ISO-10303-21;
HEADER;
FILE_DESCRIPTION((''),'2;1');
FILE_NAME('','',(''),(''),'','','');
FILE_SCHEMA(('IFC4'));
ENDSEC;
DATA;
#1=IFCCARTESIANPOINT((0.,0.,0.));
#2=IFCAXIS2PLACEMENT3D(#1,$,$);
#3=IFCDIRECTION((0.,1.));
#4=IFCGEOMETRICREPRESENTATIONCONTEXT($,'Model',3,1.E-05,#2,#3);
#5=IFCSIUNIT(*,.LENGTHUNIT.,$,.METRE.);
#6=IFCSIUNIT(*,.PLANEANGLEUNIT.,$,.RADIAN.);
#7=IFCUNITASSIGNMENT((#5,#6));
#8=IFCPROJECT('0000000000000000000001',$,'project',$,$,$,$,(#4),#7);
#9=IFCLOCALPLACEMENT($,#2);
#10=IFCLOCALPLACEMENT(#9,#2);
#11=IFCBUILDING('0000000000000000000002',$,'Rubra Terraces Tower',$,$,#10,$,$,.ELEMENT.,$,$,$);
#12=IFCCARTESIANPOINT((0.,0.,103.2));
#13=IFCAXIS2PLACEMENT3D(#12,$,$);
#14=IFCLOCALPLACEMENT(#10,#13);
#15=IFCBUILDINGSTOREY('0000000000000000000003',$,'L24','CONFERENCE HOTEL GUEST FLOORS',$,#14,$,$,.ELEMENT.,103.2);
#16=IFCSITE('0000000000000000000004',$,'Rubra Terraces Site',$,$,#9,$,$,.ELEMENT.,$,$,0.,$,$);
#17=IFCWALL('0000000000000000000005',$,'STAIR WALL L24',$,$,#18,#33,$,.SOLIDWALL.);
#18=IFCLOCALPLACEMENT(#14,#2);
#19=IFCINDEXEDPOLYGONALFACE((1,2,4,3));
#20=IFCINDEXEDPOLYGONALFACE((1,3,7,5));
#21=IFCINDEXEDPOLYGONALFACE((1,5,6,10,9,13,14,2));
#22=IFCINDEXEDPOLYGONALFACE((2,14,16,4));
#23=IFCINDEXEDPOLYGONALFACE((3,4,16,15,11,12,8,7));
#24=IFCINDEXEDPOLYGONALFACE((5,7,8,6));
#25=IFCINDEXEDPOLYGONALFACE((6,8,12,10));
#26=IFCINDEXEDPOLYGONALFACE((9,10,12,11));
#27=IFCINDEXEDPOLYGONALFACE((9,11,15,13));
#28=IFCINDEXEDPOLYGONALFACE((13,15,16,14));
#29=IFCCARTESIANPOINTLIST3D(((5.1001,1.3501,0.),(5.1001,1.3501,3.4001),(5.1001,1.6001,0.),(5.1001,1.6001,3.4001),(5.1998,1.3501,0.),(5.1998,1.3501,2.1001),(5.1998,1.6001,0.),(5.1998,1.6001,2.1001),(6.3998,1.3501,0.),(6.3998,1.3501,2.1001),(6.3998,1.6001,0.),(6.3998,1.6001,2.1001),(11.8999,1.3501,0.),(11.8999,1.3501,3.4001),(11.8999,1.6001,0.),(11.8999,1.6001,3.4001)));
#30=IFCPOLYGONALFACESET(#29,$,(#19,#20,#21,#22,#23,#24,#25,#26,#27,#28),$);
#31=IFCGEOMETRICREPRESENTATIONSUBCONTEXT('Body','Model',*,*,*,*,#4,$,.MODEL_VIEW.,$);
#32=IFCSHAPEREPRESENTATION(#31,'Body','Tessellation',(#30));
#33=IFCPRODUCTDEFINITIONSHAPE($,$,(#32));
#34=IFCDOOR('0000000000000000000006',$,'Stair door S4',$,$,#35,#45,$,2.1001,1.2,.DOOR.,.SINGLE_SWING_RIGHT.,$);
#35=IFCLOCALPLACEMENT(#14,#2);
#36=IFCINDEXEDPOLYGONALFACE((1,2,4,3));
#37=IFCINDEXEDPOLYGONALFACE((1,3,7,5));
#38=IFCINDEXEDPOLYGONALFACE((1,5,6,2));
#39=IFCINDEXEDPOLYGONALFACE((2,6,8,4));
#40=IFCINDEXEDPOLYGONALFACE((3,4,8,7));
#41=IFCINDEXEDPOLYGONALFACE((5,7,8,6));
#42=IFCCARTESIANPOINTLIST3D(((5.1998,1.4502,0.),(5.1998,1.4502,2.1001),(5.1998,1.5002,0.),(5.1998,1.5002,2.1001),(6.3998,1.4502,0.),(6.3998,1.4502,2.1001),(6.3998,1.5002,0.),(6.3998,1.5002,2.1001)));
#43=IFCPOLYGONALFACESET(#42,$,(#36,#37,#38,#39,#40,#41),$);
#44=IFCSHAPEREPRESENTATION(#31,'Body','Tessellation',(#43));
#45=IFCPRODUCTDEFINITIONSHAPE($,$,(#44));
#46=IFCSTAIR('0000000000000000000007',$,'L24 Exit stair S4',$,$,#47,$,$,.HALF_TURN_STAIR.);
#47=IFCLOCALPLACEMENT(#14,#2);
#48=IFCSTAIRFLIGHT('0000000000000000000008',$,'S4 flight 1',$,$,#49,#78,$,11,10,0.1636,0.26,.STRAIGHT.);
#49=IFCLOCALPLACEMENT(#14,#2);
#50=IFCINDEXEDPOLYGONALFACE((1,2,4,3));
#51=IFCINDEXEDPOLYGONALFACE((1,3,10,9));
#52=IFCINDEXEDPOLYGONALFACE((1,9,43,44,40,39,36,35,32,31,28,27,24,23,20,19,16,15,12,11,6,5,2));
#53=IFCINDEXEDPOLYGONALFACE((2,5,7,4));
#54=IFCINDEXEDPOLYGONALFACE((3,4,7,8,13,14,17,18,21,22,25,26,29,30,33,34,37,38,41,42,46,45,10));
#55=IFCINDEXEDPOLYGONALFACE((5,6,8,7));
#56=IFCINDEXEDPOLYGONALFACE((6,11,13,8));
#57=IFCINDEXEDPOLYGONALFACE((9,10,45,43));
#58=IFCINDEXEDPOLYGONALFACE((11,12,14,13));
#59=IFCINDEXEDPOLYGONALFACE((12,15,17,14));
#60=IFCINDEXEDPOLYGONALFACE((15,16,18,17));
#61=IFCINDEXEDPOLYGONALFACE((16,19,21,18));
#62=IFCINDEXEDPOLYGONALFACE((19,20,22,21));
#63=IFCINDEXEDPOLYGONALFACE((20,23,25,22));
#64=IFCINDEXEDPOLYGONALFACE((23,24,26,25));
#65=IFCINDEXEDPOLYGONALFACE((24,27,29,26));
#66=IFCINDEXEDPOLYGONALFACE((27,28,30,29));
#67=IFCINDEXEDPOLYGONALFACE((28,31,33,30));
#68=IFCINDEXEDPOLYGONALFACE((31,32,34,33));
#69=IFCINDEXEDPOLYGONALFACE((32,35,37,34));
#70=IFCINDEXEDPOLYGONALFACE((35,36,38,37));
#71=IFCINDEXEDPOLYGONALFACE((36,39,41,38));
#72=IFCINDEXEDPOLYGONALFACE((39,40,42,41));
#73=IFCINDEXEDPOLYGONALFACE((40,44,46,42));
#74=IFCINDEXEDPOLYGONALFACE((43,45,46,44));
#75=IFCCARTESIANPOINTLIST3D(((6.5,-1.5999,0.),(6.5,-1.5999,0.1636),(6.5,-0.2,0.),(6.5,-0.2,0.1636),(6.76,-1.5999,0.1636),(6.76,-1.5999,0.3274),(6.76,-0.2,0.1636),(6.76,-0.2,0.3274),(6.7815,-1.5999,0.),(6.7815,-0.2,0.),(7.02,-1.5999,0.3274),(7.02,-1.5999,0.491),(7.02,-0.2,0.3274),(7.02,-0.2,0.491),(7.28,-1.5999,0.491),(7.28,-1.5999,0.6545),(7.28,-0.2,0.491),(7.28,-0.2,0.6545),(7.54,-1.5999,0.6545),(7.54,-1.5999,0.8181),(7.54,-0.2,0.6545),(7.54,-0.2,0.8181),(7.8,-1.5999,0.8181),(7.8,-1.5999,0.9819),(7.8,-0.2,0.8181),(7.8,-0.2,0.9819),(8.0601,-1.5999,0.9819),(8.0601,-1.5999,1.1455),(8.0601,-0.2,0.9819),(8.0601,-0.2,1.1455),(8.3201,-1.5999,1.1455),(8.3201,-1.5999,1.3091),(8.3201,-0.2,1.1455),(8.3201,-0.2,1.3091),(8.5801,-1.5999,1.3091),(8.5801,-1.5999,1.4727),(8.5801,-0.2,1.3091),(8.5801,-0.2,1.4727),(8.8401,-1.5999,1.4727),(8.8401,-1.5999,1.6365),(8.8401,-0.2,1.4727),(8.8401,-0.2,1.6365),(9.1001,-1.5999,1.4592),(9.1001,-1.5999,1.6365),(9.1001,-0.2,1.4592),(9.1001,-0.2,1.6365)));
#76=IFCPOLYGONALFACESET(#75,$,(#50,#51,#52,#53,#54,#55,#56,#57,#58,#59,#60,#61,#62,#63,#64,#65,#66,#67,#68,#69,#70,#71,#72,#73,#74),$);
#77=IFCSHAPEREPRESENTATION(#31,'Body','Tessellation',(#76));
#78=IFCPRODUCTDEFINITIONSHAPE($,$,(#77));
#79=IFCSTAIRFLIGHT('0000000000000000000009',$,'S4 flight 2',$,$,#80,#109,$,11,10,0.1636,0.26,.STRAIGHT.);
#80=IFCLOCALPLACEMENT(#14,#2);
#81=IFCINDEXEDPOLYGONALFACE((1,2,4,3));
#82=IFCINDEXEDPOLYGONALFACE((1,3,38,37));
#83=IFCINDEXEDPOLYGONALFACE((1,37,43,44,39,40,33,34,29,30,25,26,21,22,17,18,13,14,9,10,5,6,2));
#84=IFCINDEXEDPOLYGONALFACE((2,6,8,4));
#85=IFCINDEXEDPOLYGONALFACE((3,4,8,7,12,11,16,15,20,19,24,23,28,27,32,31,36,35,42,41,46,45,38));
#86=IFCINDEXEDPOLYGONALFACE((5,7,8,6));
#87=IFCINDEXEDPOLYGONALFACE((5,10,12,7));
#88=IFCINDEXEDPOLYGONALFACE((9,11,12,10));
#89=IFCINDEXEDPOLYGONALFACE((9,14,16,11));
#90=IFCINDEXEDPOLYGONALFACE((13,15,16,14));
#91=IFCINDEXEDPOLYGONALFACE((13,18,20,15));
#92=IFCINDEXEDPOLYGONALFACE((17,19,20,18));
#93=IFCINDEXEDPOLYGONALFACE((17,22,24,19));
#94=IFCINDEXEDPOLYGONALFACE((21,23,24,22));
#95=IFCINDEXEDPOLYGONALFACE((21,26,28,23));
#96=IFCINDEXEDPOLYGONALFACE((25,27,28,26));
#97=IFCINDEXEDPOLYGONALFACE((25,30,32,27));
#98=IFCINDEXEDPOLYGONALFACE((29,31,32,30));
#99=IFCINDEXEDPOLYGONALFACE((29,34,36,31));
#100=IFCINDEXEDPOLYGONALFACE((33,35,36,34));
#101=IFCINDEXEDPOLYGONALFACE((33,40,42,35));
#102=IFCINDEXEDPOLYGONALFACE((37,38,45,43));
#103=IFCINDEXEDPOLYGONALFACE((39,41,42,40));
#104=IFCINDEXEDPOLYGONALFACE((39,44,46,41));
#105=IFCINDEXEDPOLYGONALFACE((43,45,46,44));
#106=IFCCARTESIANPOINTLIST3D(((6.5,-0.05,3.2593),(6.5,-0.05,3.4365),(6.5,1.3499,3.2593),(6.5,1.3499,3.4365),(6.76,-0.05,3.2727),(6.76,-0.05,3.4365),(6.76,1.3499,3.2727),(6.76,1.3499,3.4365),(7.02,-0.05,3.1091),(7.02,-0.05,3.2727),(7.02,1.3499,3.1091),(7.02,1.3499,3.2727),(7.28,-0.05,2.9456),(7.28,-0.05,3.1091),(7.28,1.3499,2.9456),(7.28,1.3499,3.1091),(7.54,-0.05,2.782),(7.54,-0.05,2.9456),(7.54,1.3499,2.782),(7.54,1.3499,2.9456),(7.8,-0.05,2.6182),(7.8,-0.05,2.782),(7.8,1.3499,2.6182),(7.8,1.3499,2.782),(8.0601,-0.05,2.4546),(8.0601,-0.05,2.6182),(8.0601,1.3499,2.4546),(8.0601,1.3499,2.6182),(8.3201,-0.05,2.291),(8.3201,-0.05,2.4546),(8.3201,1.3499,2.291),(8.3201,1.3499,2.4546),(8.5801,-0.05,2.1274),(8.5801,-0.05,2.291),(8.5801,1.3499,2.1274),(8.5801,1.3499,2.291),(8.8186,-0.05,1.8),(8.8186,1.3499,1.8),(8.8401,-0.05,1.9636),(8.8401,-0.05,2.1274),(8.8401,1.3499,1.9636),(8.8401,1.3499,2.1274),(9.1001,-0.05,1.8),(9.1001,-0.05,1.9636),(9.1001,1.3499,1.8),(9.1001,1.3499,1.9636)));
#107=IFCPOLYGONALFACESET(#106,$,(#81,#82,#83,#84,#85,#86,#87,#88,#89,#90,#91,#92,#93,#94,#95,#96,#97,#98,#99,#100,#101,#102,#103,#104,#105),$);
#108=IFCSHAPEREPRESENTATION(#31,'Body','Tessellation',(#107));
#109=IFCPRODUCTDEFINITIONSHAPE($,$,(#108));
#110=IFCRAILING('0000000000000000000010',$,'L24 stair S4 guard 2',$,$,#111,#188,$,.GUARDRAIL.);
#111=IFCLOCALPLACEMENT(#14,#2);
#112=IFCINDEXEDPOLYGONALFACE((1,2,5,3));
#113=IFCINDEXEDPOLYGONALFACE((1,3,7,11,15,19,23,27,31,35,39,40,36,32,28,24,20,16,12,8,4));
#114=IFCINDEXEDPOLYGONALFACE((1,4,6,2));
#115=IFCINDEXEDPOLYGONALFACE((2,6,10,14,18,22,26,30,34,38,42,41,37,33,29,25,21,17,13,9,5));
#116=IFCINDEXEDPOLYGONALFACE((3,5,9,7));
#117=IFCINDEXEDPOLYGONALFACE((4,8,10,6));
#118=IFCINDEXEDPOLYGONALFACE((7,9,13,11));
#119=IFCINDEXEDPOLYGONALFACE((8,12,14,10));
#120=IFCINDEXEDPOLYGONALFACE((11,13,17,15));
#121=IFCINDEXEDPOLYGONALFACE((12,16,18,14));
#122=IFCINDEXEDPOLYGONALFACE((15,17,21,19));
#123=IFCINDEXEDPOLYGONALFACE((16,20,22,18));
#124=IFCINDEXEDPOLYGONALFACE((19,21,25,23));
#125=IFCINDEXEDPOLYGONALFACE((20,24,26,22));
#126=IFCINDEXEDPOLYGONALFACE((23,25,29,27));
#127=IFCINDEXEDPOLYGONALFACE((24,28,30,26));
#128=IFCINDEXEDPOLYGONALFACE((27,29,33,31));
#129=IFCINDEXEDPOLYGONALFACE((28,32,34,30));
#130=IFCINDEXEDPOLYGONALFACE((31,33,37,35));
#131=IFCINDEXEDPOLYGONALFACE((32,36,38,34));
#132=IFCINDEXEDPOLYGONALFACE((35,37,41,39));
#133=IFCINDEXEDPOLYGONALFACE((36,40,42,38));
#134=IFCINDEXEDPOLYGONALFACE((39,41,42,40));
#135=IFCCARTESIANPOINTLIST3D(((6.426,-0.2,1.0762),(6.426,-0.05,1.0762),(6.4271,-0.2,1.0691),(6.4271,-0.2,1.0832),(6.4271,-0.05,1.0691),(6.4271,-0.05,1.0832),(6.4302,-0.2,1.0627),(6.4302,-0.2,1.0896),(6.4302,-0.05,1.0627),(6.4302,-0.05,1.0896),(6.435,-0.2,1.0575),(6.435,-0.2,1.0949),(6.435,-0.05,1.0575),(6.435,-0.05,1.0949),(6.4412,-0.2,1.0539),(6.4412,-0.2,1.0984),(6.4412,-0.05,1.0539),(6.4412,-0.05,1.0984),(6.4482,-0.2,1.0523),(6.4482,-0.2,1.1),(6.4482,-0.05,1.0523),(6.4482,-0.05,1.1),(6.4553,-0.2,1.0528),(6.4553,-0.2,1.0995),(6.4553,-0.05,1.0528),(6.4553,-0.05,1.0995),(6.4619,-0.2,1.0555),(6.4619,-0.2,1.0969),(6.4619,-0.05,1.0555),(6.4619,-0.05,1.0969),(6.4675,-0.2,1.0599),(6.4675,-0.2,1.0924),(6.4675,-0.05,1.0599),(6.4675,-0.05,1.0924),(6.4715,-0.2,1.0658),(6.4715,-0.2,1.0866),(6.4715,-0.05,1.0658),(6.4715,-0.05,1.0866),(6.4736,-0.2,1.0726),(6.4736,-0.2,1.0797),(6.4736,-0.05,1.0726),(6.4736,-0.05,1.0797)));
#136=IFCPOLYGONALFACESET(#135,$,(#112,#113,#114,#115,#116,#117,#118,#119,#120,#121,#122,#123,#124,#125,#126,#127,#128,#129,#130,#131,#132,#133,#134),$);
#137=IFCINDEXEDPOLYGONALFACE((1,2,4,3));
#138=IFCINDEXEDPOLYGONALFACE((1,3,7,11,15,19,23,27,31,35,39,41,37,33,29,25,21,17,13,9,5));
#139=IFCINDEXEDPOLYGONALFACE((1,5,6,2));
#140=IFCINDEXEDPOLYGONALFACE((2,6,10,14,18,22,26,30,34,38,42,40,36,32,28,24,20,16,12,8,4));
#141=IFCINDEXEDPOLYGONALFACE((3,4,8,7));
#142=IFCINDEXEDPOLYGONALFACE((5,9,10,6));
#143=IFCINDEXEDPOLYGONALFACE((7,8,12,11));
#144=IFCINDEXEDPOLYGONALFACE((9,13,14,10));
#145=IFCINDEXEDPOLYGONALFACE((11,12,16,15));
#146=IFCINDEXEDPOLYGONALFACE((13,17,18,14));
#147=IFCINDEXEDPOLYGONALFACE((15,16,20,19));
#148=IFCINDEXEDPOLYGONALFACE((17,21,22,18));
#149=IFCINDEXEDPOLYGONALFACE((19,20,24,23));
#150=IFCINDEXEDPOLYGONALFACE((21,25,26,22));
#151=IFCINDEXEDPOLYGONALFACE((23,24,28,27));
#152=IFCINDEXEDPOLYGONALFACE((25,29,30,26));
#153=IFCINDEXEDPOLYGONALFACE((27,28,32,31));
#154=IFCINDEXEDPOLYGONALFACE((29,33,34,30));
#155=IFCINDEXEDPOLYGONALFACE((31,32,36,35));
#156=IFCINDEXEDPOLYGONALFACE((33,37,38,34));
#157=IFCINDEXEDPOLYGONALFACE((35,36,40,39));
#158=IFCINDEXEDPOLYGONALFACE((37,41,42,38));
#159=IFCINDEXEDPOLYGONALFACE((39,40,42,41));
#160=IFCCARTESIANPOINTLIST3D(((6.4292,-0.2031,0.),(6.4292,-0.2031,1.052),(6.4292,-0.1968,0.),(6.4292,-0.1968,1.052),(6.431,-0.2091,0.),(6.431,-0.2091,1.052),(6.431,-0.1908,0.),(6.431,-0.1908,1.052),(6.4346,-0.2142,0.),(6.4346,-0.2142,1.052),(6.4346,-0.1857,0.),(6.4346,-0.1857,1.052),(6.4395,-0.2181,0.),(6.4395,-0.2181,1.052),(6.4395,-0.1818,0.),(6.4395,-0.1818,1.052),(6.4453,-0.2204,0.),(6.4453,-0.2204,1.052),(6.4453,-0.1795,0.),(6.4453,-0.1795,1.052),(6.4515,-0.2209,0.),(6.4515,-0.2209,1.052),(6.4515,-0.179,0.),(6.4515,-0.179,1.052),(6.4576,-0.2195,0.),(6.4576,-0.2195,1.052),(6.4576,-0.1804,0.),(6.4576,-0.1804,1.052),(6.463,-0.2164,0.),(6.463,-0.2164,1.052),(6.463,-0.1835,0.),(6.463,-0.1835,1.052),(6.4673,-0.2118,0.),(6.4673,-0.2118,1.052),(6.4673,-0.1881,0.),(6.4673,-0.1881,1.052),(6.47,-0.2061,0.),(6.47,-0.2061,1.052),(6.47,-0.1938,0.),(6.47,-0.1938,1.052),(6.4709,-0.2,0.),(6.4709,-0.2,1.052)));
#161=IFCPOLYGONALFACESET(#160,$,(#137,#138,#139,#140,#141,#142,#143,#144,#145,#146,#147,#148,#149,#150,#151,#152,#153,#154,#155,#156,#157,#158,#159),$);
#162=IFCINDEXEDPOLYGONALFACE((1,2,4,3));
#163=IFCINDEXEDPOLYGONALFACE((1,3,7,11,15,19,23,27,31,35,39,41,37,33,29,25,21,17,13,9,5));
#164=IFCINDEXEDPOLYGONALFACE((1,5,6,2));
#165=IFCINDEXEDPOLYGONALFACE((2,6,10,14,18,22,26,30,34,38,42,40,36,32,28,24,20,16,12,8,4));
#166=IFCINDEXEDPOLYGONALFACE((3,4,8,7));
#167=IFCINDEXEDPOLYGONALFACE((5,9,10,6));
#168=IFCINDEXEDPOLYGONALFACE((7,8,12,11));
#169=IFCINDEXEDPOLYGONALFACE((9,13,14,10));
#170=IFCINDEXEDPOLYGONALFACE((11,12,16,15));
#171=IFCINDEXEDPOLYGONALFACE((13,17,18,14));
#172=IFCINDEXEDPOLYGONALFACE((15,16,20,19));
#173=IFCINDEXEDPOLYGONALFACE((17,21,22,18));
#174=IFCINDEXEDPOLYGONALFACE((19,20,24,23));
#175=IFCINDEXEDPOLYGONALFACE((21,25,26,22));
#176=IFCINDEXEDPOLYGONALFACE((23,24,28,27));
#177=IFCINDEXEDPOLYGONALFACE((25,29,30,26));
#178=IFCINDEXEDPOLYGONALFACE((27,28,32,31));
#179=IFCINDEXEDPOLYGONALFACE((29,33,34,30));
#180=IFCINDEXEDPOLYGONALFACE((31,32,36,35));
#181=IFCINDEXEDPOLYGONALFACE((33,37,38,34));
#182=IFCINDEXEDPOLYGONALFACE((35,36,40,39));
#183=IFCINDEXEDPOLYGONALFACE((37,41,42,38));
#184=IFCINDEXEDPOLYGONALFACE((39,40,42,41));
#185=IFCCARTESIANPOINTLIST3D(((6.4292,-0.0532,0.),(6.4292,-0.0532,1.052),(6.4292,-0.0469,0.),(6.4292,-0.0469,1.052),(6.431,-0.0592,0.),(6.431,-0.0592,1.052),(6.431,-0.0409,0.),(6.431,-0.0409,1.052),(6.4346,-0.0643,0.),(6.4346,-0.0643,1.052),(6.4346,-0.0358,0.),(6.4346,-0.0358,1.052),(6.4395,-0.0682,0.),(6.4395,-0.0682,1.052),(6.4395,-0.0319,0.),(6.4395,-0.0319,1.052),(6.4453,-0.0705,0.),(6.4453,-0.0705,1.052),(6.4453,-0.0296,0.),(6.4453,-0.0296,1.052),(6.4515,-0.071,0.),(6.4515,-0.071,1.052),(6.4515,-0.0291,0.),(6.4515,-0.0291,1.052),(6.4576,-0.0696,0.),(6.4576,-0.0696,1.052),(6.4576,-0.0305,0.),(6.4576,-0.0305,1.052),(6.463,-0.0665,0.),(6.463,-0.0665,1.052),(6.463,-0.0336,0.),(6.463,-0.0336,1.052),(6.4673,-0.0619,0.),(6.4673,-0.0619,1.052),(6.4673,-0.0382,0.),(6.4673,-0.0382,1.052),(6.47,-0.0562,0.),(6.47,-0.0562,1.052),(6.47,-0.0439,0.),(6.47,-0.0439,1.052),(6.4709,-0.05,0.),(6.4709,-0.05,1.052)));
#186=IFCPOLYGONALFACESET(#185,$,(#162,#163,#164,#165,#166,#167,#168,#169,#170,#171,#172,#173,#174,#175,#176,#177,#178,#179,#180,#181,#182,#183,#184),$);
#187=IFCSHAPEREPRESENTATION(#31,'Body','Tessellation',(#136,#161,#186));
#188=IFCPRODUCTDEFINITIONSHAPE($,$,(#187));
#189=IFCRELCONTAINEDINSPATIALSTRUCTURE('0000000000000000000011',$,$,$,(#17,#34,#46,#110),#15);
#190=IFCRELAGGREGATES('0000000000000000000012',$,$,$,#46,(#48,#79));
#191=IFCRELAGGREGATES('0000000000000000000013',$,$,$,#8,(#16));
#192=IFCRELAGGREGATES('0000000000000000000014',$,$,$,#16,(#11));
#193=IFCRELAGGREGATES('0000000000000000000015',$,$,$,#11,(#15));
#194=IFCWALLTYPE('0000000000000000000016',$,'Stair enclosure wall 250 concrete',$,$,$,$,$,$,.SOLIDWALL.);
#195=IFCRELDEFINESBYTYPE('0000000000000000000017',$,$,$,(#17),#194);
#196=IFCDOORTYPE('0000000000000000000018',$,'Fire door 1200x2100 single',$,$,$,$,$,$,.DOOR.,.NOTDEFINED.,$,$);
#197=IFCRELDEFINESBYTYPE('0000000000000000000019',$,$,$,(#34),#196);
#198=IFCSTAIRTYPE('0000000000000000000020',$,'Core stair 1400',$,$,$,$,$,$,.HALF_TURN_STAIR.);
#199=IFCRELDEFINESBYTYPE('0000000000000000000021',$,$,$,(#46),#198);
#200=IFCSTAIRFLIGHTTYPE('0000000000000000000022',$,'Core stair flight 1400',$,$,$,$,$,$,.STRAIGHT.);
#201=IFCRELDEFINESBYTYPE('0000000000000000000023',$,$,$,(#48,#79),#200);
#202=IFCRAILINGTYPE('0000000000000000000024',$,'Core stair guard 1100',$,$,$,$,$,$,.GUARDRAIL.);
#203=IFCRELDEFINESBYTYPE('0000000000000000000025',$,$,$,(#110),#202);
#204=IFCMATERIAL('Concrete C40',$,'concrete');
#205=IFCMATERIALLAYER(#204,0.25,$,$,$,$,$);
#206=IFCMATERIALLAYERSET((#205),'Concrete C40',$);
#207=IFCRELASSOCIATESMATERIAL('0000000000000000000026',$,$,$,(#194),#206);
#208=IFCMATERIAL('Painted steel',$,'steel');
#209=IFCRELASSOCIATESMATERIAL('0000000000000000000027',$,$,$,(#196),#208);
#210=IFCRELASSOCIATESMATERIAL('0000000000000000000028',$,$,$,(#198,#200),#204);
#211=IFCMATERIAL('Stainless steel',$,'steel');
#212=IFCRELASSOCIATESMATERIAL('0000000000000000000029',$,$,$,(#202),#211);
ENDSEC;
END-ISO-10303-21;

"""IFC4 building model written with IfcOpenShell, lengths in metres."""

from ifc_helpers import new_model, si_unit, direction, frame, frame_2d, origin, origin_2d, place, context, subcontext, project, spatial, polyline, rectangle, circle, outline, extrude, material, layer, layer_set, type_object, element, fill, aggregate, save


model = new_model("IFC4")

# Units and contexts
model_context = context("Model", 3, precision=1e-05, world=origin(), true_north=direction((0.0, 1.0)))
body_context = subcontext(model_context, "Body", "Model", "MODEL_VIEW")
ifc_project = project(units=[si_unit("LENGTHUNIT", "METRE"), si_unit("PLANEANGLEUNIT", "RADIAN")], contexts=[model_context])

# Site, building, storey
site_placement = place(None, origin())
site = spatial("IfcSite", under=ifc_project, at=site_placement, Name="Rubra Terraces Site", CompositionType="ELEMENT", RefElevation=0.0)
building_placement = place(site_placement, origin())
building = spatial("IfcBuilding", under=site, at=building_placement, Name="Rubra Terraces Tower", CompositionType="ELEMENT")
storey_placement = place(building_placement, frame((0.0, 0.0, 103.2)))
storey = spatial("IfcBuildingStorey", under=building, at=storey_placement, Name="L24", Description="CONFERENCE HOTEL GUEST FLOORS", CompositionType="ELEMENT", Elevation=103.2)

# Shared definitions
ifc_material_1 = material(Name="Painted steel", Category="steel")

# Shared definitions
ifc_material_2 = material(Name="Concrete C40", Category="concrete")

# Wall, opening, door
ifc_layer_1 = layer(ifc_material_2, 0.25)
ifc_layer_set_1 = layer_set([ifc_layer_1], Name="Concrete C40")
wall_type_1 = type_object("IfcWallType", Name="Stair enclosure wall 250 concrete", PredefinedType="SOLIDWALL", material=ifc_layer_set_1)
wall_1_placement = place(storey_placement, frame((11.8999, 1.4751, 0.0), z_axis=(0.0, 0.0, 1.0), x_axis=(-1.0, 0.0, 0.0)))
wall_1 = element("IfcWall", 1, at=wall_1_placement, inside=storey, type_object=wall_type_1, Name="STAIR WALL L24", PredefinedType="SOLIDWALL", context=body_context, shape_type="SweptSolid", body=[
    extrude(rectangle(XDim=6.7998, YDim=0.25, at=frame_2d((3.3999, 0.0))), origin(), (0.0, 0.0, 1.0), 3.4001),
])
opening_1_placement = place(wall_1_placement, frame((5.5, 0.0, 0.0)))
opening_1 = element("IfcOpeningElement", 2, at=opening_1_placement, cuts=wall_1, PredefinedType="OPENING", context=body_context, shape_type="SweptSolid", body=[
    extrude(rectangle(XDim=1.2, YDim=2.1001, at=frame_2d((0.6001, 1.05))), frame((0.0, 0.135, 0.0), z_axis=(0.0, -1.0, 0.0), x_axis=(1.0, 0.0, 0.0)), (0.0, 0.0, 1.0), 0.27),
])
door_type_1 = type_object("IfcDoorType", Name="Fire door 1200x2100 single", OperationType="NOTDEFINED", PredefinedType="DOOR", material=ifc_material_1)
door_1_placement = place(opening_1_placement, origin())
door_1 = element("IfcDoor", 3, at=door_1_placement, inside=storey, type_object=door_type_1, Name="Stair door S4", OperationType="SINGLE_SWING_RIGHT", OverallHeight=2.1001, OverallWidth=1.2, PredefinedType="DOOR", context=body_context, shape_type="SweptSolid", body=[
    extrude(rectangle(XDim=1.2, YDim=2.1001, at=frame_2d((0.6001, 1.05))), frame((0.0, 0.0249, 0.0), z_axis=(0.0, -1.0, 0.0), x_axis=(1.0, 0.0, 0.0)), (0.0, 0.0, 1.0), 0.05),
])
fill(opening_1, door_1)

# Stair, stair flights
stair_type = type_object("IfcStairType", Name="Core stair 1400", PredefinedType="HALF_TURN_STAIR", material=ifc_material_2)
stair_placement = place(storey_placement, origin())
stair = element("IfcStair", 4, at=stair_placement, inside=storey, type_object=stair_type, Name="L24 Exit stair S4", PredefinedType="HALF_TURN_STAIR")
stair_flight_type = type_object("IfcStairFlightType", Name="Core stair flight 1400", PredefinedType="STRAIGHT", material=ifc_material_2)
stair_flight_1_placement = place(storey_placement, frame((6.5, -0.8999, 0.0), z_axis=(0.0, 0.0, 1.0), x_axis=(1.0, 0.0, 0.0)))
stair_flight_1 = element("IfcStairFlight", 5, at=stair_flight_1_placement, type_object=stair_flight_type, Name="S4 flight 1", NumberOfRisers=11, NumberOfTreads=10, PredefinedType="STRAIGHT", RiserHeight=0.1636, TreadLength=0.26, context=body_context, shape_type="SweptSolid", body=[
    extrude(outline(polyline([(0.0, 0.0), (0.0, 0.1636), (0.26, 0.1636), (0.26, 0.3274), (0.52, 0.3274), (0.52, 0.491), (0.78, 0.491), (0.78, 0.6545), (1.04, 0.6545), (1.04, 0.8181), (1.3, 0.8181), (1.3, 0.9819), (1.5601, 0.9819), (1.5601, 1.1455), (1.8201, 1.1455), (1.8201, 1.3091), (2.0801, 1.3091), (2.0801, 1.4727), (2.3401, 1.4727), (2.3401, 1.6365), (2.6001, 1.6365), (2.6001, 1.8), (2.6001, 1.4592), (0.2815, 0.0), (0.0, 0.0)])), frame((0.0, 0.7, 0.0), z_axis=(0.0, -1.0, 0.0), x_axis=(1.0, 0.0, 0.0)), (0.0, 0.0, 1.0), 1.3999),
])
stair_flight_2_placement = place(storey_placement, frame((9.1001, 0.6499, 1.8), z_axis=(0.0, 0.0, 1.0), x_axis=(-1.0, 0.0, 0.0)))
stair_flight_2 = element("IfcStairFlight", 6, at=stair_flight_2_placement, type_object=stair_flight_type, Name="S4 flight 2", NumberOfRisers=11, NumberOfTreads=10, PredefinedType="STRAIGHT", RiserHeight=0.1636, TreadLength=0.26, context=body_context, shape_type="SweptSolid", body=[
    extrude(outline(polyline([(0.0, 0.0), (0.0, 0.1636), (0.26, 0.1636), (0.26, 0.3274), (0.52, 0.3274), (0.52, 0.491), (0.78, 0.491), (0.78, 0.6545), (1.04, 0.6545), (1.04, 0.8181), (1.3, 0.8181), (1.3, 0.9819), (1.5601, 0.9819), (1.5601, 1.1455), (1.8201, 1.1455), (1.8201, 1.3091), (2.0801, 1.3091), (2.0801, 1.4727), (2.3401, 1.4727), (2.3401, 1.6365), (2.6001, 1.6365), (2.6001, 1.8), (2.6001, 1.4592), (0.2815, 0.0), (0.0, 0.0)])), frame((0.0, 0.7, 0.0), z_axis=(0.0, -1.0, 0.0), x_axis=(1.0, 0.0, 0.0)), (0.0, 0.0, 1.0), 1.3999),
])
aggregate(stair, [stair_flight_1, stair_flight_2])

# Railing
ifc_material_3 = material(Name="Stainless steel", Category="steel")
railing_type_1 = type_object("IfcRailingType", Name="Core stair guard 1100", PredefinedType="GUARDRAIL", material=ifc_material_3)
railing_1_placement = place(storey_placement, frame((6.45, -0.2, 0.0)))
element("IfcRailing", 7, at=railing_1_placement, inside=storey, type_object=railing_type_1, Name="L24 stair S4 guard 2", PredefinedType="GUARDRAIL", context=body_context, shape_type="SweptSolid", body=[
    extrude(circle(Radius=0.0239, at=origin_2d()), frame((0.0, 0.0, 1.0762), z_axis=(0.0, 1.0, 0.0), x_axis=(-1.0, 0.0, 0.0)), (0.0, 0.0, 1.0), 0.1499),
    extrude(circle(Radius=0.021, at=origin_2d()), origin(), (0.0, 0.0, 1.0), 1.052),
    extrude(circle(Radius=0.021, at=origin_2d()), frame((0.0, 0.1499, 0.0)), (0.0, 0.0, 1.0), 1.052),
])

save(model, "model.ifc")
